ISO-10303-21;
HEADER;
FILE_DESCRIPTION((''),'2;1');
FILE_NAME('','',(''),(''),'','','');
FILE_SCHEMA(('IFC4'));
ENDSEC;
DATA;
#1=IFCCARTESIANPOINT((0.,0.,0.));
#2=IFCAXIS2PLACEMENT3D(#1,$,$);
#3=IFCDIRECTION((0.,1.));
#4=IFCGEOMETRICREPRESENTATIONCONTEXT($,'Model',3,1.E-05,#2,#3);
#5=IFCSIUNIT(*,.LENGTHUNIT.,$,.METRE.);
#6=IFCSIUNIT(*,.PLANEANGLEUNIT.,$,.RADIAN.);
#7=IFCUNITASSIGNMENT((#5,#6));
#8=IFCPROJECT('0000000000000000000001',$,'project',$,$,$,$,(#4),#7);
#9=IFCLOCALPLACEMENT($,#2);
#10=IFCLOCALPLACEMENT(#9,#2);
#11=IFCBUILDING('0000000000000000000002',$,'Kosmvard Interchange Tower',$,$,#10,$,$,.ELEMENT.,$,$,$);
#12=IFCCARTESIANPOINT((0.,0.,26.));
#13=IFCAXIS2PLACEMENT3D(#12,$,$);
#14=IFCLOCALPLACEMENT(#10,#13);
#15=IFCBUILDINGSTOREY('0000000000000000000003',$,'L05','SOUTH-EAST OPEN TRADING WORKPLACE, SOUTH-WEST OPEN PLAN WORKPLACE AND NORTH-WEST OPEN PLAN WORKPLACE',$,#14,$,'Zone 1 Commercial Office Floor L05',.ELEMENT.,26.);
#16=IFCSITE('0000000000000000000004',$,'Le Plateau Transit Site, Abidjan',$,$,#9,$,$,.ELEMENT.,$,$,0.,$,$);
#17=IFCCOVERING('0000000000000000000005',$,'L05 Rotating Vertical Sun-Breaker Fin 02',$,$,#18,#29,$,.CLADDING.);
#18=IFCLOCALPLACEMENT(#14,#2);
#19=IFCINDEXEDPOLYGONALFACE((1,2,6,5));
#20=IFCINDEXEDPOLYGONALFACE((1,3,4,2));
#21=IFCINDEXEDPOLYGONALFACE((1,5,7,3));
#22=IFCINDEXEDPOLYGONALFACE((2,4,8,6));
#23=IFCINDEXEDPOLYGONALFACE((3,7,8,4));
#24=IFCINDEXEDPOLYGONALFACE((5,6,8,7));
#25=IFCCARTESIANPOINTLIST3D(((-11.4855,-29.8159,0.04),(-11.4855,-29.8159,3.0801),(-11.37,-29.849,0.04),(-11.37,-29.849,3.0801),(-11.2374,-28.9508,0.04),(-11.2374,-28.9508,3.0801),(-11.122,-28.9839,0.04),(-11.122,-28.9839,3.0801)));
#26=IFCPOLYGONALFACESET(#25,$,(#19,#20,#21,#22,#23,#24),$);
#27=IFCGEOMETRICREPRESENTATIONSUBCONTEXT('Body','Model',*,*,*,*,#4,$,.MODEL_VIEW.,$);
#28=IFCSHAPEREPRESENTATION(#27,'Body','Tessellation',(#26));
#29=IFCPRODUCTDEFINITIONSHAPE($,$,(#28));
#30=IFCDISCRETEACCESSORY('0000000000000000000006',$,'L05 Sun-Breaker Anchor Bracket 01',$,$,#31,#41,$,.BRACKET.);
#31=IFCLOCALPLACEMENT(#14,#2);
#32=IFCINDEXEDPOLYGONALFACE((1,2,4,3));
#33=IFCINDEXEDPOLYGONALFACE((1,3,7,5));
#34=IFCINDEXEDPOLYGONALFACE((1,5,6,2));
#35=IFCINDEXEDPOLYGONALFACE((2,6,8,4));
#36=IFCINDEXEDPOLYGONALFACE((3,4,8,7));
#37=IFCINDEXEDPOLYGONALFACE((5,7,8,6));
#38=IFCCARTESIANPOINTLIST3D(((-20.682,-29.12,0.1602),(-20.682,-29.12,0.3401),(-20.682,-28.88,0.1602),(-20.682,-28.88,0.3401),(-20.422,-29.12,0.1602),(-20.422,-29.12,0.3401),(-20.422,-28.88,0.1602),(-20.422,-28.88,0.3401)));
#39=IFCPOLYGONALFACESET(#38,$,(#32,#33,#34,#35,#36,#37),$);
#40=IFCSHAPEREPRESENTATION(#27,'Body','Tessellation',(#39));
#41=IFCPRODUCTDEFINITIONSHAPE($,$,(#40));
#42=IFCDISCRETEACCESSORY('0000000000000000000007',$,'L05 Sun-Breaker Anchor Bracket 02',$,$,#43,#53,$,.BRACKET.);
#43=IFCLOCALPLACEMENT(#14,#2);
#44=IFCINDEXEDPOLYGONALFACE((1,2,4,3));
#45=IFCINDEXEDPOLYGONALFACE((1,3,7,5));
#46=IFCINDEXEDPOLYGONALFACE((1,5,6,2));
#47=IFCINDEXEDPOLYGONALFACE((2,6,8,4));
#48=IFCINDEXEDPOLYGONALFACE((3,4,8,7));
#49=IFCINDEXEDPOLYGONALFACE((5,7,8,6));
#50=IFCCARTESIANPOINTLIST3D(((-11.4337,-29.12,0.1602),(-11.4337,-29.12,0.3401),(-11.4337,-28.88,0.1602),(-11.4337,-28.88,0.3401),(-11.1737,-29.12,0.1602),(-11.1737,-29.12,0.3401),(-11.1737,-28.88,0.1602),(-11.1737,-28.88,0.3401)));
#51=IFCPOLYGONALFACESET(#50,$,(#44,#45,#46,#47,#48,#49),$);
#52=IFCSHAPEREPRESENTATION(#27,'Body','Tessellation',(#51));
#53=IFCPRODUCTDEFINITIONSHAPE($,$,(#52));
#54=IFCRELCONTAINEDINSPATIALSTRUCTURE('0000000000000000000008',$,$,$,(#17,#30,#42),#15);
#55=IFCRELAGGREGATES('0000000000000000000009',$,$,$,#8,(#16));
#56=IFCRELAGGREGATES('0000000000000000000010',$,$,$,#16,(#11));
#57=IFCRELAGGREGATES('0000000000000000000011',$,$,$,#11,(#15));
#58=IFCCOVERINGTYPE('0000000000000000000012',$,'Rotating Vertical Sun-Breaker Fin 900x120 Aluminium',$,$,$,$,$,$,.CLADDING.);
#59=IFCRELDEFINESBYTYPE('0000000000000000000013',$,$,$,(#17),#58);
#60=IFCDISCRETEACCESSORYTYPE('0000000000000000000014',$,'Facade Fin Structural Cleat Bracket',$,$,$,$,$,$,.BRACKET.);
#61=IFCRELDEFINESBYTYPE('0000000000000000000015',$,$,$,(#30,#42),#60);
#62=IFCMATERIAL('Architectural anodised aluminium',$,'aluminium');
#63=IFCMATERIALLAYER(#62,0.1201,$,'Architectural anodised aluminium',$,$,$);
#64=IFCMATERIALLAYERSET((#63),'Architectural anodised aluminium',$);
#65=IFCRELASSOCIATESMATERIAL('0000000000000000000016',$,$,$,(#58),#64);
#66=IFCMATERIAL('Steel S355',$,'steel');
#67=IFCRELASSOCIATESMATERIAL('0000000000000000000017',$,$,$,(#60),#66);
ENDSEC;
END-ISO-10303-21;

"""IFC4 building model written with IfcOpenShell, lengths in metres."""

from ifc_helpers import new_model, si_unit, direction, frame, origin, origin_2d, place, context, subcontext, project, spatial, rectangle, extrude, source, transform, mapped, material, layer, layer_set, type_object, element, save


model = new_model("IFC4")

# Units and contexts
model_context = context("Model", 3, precision=1e-05, world=origin(), true_north=direction((0.0, 1.0)))
body_context = subcontext(model_context, "Body", "Model", "MODEL_VIEW")
ifc_project = project(units=[si_unit("LENGTHUNIT", "METRE"), si_unit("PLANEANGLEUNIT", "RADIAN")], contexts=[model_context])

# Site, building, storey
site_placement = place(None, origin())
site = spatial("IfcSite", under=ifc_project, at=site_placement, Name="Le Plateau Transit Site, Abidjan", CompositionType="ELEMENT", RefElevation=0.0)
building_placement = place(site_placement, origin())
building = spatial("IfcBuilding", under=site, at=building_placement, Name="Kosmvard Interchange Tower", CompositionType="ELEMENT")
storey_placement = place(building_placement, frame((0.0, 0.0, 26.0)))
storey = spatial("IfcBuildingStorey", under=building, at=storey_placement, Name="L05", Description="SOUTH-EAST OPEN TRADING WORKPLACE, SOUTH-WEST OPEN PLAN WORKPLACE AND NORTH-WEST OPEN PLAN WORKPLACE", LongName="Zone 1 Commercial Office Floor L05", CompositionType="ELEMENT", Elevation=26.0)

# Covering
ifc_material_1 = material(Name="Architectural anodised aluminium", Category="aluminium")
ifc_layer_1 = layer(ifc_material_1, 0.1201, Name="Architectural anodised aluminium")
ifc_layer_set_1 = layer_set([ifc_layer_1], Name="Architectural anodised aluminium")
covering_type = type_object("IfcCoveringType", Name="Rotating Vertical Sun-Breaker Fin 900x120 Aluminium", PredefinedType="CLADDING", material=ifc_layer_set_1)
shared_shape_1 = source(origin(), body_context, "Body", "SweptSolid", [
    extrude(rectangle(XDim=0.8999, YDim=0.1201, at=origin_2d()), origin(), (0.0, 0.0, 1.0), 3.04),
])
for number, where, z_axis, x_axis, name in (
    (1, (-11.3037, -29.3999, 0.04), (0.0, 0.0, 1.0), (-0.275637, -0.961262, 0.0), "L05 Rotating Vertical Sun-Breaker Fin 02"),
):
    element("IfcCovering", number, at=place(storey_placement, frame(where, z_axis=z_axis, x_axis=x_axis)), inside=storey, type_object=covering_type, Name=name, PredefinedType="CLADDING", context=body_context, shape_type="MappedRepresentation", body=[
        mapped(shared_shape_1, transform((0.0, 0.0, 0.0), scale=1.0)),
    ])

# Discrete accessories
ifc_material_2 = material(Name="Steel S355", Category="steel")
discrete_accessory_type = type_object("IfcDiscreteAccessoryType", Name="Facade Fin Structural Cleat Bracket", PredefinedType="BRACKET", material=ifc_material_2)
shared_shape_2 = source(origin(), body_context, "Body", "SweptSolid", [
    extrude(rectangle(XDim=0.24, YDim=0.26, at=origin_2d()), origin(), (0.0, 0.0, 1.0), 0.1799),
])
for number, where, z_axis, x_axis, name in (
    (2, (-20.552, -29.0, 0.1602), (0.0, 0.0, 1.0), (0.0, -1.0, 0.0), "L05 Sun-Breaker Anchor Bracket 01"),
    (3, (-11.3037, -29.0, 0.1602), (0.0, 0.0, 1.0), (0.0, -1.0, 0.0), "L05 Sun-Breaker Anchor Bracket 02"),
):
    element("IfcDiscreteAccessory", number, at=place(storey_placement, frame(where, z_axis=z_axis, x_axis=x_axis)), inside=storey, type_object=discrete_accessory_type, Name=name, PredefinedType="BRACKET", context=body_context, shape_type="MappedRepresentation", body=[
        mapped(shared_shape_2, transform((0.0, 0.0, 0.0), scale=1.0)),
    ])

save(model, "model.ifc")
